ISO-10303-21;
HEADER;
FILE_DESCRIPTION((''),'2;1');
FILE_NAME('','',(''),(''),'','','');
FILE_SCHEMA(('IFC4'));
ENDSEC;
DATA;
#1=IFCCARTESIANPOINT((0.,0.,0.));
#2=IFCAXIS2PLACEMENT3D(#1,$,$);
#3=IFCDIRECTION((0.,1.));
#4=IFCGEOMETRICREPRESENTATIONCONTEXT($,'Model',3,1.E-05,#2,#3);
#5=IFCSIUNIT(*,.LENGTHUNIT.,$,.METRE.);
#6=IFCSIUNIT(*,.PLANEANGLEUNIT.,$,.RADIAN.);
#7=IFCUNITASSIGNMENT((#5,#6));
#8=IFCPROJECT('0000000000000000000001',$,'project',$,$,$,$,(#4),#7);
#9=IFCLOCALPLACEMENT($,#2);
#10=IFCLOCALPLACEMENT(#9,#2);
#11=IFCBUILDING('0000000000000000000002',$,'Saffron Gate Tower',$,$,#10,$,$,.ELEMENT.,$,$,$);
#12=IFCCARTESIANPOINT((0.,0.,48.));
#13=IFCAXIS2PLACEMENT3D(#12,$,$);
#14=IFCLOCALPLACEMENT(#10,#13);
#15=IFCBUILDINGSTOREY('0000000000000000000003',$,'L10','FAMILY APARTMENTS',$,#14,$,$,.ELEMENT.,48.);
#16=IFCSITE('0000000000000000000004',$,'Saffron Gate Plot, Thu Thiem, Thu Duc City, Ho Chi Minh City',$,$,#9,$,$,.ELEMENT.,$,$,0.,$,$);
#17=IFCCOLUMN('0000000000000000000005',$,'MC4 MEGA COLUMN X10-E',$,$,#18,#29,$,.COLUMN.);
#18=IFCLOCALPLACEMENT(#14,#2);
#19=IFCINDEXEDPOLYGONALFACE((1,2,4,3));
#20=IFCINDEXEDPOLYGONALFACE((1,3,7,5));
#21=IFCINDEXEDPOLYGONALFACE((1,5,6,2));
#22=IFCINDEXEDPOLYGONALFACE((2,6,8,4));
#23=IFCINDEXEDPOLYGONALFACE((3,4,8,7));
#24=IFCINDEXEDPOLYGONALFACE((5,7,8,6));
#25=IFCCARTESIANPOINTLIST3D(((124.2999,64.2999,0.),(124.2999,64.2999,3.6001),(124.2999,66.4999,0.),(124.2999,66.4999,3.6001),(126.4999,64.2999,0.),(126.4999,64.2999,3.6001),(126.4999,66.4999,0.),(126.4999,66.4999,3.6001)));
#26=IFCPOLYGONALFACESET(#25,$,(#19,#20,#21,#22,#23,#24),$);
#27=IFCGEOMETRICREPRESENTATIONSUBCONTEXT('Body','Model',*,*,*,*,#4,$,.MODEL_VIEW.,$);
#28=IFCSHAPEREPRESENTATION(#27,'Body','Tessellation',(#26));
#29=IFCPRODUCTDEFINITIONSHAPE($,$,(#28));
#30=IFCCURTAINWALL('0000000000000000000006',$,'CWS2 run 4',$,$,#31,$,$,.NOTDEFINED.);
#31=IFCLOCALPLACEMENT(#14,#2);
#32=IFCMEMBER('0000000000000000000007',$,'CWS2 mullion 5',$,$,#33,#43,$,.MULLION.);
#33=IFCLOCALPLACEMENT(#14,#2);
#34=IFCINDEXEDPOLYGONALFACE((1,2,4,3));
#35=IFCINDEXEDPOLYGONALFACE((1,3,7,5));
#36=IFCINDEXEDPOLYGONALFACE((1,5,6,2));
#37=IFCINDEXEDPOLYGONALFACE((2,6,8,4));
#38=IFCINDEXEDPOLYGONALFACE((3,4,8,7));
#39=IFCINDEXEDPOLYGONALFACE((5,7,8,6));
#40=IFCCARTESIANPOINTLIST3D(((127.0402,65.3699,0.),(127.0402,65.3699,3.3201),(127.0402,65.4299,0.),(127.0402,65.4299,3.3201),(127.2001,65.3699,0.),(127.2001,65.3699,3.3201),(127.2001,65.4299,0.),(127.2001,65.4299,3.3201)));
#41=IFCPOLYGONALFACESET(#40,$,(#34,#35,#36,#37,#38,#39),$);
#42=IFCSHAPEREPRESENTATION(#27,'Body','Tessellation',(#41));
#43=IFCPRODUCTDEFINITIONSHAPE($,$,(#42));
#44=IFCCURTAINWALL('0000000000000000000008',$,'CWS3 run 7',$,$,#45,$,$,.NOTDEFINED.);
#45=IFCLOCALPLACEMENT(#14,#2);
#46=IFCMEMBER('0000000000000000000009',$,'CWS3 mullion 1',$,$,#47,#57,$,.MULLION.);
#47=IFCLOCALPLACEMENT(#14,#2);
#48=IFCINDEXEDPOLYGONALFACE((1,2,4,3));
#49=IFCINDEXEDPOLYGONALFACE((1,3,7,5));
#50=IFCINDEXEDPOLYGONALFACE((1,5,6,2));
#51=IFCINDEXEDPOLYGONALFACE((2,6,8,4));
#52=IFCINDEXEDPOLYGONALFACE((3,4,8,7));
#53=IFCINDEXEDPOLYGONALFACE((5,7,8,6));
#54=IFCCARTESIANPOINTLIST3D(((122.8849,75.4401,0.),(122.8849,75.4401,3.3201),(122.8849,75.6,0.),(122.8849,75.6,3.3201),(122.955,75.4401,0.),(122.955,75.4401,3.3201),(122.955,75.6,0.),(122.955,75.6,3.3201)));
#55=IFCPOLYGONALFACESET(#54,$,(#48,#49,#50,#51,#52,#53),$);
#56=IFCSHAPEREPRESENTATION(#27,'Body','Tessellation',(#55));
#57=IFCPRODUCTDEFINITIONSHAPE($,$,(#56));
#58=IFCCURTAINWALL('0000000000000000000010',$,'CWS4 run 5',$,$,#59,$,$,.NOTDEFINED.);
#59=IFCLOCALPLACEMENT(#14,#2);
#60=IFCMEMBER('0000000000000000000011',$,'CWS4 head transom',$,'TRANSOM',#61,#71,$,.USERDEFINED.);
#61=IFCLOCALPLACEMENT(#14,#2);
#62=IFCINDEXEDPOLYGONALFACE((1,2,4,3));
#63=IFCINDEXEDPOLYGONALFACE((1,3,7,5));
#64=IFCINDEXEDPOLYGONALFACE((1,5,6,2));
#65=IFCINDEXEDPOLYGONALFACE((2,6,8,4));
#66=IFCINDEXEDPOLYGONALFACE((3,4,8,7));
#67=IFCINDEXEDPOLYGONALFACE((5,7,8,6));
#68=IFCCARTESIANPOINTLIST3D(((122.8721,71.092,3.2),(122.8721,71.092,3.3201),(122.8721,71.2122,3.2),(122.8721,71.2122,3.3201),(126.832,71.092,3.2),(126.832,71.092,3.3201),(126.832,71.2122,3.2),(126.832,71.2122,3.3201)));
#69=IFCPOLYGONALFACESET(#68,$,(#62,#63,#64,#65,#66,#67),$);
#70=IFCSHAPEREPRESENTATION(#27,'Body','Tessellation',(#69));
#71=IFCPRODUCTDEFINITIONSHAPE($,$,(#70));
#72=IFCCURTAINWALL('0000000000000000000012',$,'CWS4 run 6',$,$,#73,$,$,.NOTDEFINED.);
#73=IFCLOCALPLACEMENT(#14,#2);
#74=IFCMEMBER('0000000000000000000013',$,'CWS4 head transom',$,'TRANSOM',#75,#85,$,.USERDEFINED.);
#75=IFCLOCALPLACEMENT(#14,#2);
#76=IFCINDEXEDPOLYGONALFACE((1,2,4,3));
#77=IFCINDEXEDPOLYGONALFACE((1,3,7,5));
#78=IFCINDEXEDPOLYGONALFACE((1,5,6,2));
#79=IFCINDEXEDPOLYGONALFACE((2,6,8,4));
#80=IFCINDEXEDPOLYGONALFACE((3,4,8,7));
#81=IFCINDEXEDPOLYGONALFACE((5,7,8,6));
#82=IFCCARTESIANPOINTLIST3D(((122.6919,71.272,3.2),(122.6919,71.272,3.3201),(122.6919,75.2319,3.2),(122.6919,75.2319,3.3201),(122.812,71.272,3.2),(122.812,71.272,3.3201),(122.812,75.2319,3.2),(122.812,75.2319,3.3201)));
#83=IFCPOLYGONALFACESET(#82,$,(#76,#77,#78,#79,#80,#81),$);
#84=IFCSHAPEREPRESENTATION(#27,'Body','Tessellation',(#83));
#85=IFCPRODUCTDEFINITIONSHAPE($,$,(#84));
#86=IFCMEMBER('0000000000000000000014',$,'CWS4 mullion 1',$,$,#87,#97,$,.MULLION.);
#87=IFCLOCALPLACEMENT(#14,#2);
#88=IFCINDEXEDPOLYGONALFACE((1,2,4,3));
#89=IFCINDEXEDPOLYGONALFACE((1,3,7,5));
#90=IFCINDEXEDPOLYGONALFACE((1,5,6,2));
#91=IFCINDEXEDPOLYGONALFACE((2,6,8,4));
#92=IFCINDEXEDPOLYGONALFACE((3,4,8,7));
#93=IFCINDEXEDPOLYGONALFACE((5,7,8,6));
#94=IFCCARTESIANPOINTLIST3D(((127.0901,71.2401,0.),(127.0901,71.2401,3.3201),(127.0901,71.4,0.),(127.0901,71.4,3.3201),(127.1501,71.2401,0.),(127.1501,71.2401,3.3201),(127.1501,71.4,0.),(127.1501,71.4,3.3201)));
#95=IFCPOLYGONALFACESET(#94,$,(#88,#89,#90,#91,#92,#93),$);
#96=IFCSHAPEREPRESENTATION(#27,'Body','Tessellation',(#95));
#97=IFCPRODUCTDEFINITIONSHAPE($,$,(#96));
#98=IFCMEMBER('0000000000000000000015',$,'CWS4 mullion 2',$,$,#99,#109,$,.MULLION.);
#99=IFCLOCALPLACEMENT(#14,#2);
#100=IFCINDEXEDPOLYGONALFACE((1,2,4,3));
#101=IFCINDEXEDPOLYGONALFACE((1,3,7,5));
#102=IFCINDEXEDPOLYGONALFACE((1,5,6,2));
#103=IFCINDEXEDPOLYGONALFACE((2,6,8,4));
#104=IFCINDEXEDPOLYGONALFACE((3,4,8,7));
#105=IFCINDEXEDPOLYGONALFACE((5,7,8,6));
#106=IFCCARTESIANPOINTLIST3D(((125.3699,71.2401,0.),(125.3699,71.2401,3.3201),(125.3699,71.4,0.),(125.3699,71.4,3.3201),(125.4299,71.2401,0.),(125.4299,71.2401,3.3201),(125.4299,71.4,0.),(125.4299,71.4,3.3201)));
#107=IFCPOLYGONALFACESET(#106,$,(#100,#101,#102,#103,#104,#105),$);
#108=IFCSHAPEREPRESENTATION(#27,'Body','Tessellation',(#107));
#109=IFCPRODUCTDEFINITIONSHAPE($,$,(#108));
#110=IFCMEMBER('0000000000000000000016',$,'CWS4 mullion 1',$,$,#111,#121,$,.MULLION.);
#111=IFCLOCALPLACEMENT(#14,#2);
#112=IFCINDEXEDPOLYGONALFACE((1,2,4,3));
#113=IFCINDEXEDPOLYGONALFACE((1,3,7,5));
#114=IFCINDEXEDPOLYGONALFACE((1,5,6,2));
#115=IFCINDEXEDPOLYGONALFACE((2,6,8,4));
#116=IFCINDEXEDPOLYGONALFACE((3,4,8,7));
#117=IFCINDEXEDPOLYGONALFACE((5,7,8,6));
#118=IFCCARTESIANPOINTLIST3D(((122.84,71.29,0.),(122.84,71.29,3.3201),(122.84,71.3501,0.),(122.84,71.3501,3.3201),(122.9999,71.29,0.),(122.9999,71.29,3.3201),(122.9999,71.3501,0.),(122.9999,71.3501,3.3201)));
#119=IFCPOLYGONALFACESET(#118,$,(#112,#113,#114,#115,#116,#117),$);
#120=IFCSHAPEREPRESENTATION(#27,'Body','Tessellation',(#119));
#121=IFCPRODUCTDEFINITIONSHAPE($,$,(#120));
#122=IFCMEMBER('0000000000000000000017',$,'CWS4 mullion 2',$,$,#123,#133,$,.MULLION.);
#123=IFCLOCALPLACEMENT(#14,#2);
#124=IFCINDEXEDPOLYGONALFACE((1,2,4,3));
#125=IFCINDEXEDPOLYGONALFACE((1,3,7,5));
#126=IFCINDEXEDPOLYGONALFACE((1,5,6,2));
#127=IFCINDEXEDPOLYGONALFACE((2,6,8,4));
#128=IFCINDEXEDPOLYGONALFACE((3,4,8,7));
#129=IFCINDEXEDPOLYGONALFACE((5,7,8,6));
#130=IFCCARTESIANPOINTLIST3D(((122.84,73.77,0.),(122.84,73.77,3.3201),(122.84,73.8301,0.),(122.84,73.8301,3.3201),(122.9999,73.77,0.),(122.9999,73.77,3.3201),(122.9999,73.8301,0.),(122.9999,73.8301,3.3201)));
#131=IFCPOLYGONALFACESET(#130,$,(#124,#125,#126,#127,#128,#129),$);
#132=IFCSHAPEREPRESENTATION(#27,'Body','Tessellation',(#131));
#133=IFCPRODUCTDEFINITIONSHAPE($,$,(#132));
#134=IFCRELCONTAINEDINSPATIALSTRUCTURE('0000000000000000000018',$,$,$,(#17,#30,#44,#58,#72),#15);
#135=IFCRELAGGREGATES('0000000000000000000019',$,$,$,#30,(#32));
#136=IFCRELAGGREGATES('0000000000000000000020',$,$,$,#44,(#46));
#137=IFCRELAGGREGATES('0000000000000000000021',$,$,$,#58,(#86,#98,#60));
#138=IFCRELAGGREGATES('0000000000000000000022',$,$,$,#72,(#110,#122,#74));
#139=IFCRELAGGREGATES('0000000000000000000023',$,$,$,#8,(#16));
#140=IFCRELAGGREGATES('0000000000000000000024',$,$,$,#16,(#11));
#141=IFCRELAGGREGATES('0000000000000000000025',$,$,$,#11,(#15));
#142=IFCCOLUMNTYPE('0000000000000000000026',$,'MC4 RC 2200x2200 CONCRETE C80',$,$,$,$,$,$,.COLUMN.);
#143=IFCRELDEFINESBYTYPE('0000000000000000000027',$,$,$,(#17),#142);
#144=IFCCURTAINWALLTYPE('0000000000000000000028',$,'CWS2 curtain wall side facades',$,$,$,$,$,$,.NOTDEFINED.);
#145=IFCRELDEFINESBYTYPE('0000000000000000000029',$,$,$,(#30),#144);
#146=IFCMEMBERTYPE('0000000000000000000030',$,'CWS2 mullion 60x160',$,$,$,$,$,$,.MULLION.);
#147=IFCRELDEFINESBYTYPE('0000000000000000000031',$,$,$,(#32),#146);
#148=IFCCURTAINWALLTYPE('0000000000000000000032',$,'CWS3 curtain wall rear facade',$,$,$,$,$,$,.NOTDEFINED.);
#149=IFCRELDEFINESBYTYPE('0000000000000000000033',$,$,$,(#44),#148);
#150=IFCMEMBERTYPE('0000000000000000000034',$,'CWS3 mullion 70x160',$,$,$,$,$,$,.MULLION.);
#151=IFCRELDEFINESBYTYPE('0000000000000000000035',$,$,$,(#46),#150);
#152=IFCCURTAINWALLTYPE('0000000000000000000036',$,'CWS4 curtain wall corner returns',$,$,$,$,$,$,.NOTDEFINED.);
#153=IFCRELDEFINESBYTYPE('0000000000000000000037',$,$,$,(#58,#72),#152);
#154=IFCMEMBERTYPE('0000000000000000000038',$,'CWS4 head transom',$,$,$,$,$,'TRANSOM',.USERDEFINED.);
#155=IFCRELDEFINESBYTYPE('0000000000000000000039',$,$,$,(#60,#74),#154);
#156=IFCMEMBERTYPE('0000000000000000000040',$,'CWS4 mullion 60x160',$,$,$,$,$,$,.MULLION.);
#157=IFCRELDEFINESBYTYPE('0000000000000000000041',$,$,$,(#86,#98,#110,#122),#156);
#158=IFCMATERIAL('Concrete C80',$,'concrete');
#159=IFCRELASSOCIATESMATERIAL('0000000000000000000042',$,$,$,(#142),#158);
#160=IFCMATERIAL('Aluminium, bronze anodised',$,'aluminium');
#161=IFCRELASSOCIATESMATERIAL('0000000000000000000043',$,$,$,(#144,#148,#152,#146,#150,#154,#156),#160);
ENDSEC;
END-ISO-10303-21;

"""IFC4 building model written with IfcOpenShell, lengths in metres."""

from ifc_helpers import new_model, si_unit, direction, frame, origin, origin_2d, place, context, subcontext, project, spatial, rectangle, extrude, material, material_profile, profile_set, type_object, element, aggregate, save


model = new_model("IFC4")

# Units and contexts
model_context = context("Model", 3, precision=1e-05, world=origin(), true_north=direction((0.0, 1.0)))
body_context = subcontext(model_context, "Body", "Model", "MODEL_VIEW")
ifc_project = project(units=[si_unit("LENGTHUNIT", "METRE"), si_unit("PLANEANGLEUNIT", "RADIAN")], contexts=[model_context])

# Site, building, storey
site_placement = place(None, origin())
site = spatial("IfcSite", under=ifc_project, at=site_placement, Name="Saffron Gate Plot, Thu Thiem, Thu Duc City, Ho Chi Minh City", CompositionType="ELEMENT", RefElevation=0.0)
building_placement = place(site_placement, origin())
building = spatial("IfcBuilding", under=site, at=building_placement, Name="Saffron Gate Tower", CompositionType="ELEMENT")
storey_placement = place(building_placement, frame((0.0, 0.0, 48.0)))
storey = spatial("IfcBuildingStorey", under=building, at=storey_placement, Name="L10", Description="FAMILY APARTMENTS", CompositionType="ELEMENT", Elevation=48.0)

# Column
ifc_material_1 = material(Name="Concrete C80", Category="concrete")
ifc_material_profile_1 = material_profile(ifc_material_1, rectangle(XDim=2.2, YDim=2.2, at=origin_2d()))
ifc_profile_set_1 = profile_set([ifc_material_profile_1], Name="Concrete C80")
column_type = type_object("IfcColumnType", Name="MC4 RC 2200x2200 CONCRETE C80", PredefinedType="COLUMN", material=ifc_profile_set_1)
column_placement = place(storey_placement, frame((125.3999, 65.3999, 0.0), z_axis=(0.0, 0.0, 1.0), x_axis=(1.0, 0.0, 0.0)))
element("IfcColumn", 1, at=column_placement, inside=storey, type_object=column_type, Name="MC4 MEGA COLUMN X10-E", PredefinedType="COLUMN", context=body_context, shape_type="SweptSolid", body=[
    extrude(rectangle(XDim=2.2, YDim=2.2, at=origin_2d()), origin(), (0.0, 0.0, 1.0), 3.6001),
])

# Curtain walls, members
ifc_material_2 = material(Name="Aluminium, bronze anodised", Category="aluminium")
curtain_wall_type_1 = type_object("IfcCurtainWallType", Name="CWS2 curtain wall side facades", PredefinedType="NOTDEFINED", material=ifc_material_2)
curtain_wall_1_placement = place(storey_placement, origin())
curtain_wall_1 = element("IfcCurtainWall", 2, at=curtain_wall_1_placement, inside=storey, type_object=curtain_wall_type_1, Name="CWS2 run 4", PredefinedType="NOTDEFINED")
ifc_material_profile_2 = material_profile(ifc_material_2, rectangle(XDim=0.1599, YDim=0.0601, at=origin_2d()))
ifc_profile_set_2 = profile_set([ifc_material_profile_2], Name="Aluminium, bronze anodised")
member_type_1 = type_object("IfcMemberType", Name="CWS2 mullion 60x160", PredefinedType="MULLION", material=ifc_profile_set_2)
member_1_placement = place(storey_placement, frame((127.1201, 65.3999, 0.0), z_axis=(0.0, 0.0, 1.0), x_axis=(-1.0, 0.0, 0.0)))
member_1 = element("IfcMember", 3, at=member_1_placement, type_object=member_type_1, Name="CWS2 mullion 5", PredefinedType="MULLION", context=body_context, shape_type="SweptSolid", body=[
    extrude(rectangle(XDim=0.1599, YDim=0.0601, at=origin_2d()), origin(), (0.0, 0.0, 1.0), 3.3201),
])
aggregate(curtain_wall_1, [member_1])
curtain_wall_type_2 = type_object("IfcCurtainWallType", Name="CWS3 curtain wall rear facade", PredefinedType="NOTDEFINED", material=ifc_material_2)
curtain_wall_2_placement = place(storey_placement, origin())
curtain_wall_2 = element("IfcCurtainWall", 4, at=curtain_wall_2_placement, inside=storey, type_object=curtain_wall_type_2, Name="CWS3 run 7", PredefinedType="NOTDEFINED")
ifc_material_profile_3 = material_profile(ifc_material_2, rectangle(XDim=0.1599, YDim=0.0701, at=origin_2d()))
ifc_profile_set_3 = profile_set([ifc_material_profile_3], Name="Aluminium, bronze anodised")
member_type_2 = type_object("IfcMemberType", Name="CWS3 mullion 70x160", PredefinedType="MULLION", material=ifc_profile_set_3)
member_2_placement = place(storey_placement, frame((122.9199, 75.52, 0.0), z_axis=(0.0, 0.0, 1.0), x_axis=(0.0, -1.0, 0.0)))
member_2 = element("IfcMember", 5, at=member_2_placement, type_object=member_type_2, Name="CWS3 mullion 1", PredefinedType="MULLION", context=body_context, shape_type="SweptSolid", body=[
    extrude(rectangle(XDim=0.1599, YDim=0.0701, at=origin_2d()), origin(), (0.0, 0.0, 1.0), 3.3201),
])
curtain_wall_type_3 = type_object("IfcCurtainWallType", Name="CWS4 curtain wall corner returns", PredefinedType="NOTDEFINED", material=ifc_material_2)
curtain_wall_3_placement = place(storey_placement, origin())
curtain_wall_3 = element("IfcCurtainWall", 6, at=curtain_wall_3_placement, inside=storey, type_object=curtain_wall_type_3, Name="CWS4 run 5", PredefinedType="NOTDEFINED")
ifc_material_profile_4 = material_profile(ifc_material_2, rectangle(XDim=0.1201, YDim=0.1201, at=origin_2d()))
ifc_profile_set_4 = profile_set([ifc_material_profile_4], Name="Aluminium, bronze anodised")
member_type_3 = type_object("IfcMemberType", Name="CWS4 head transom", ElementType="TRANSOM", PredefinedType="USERDEFINED", material=ifc_profile_set_4)
member_3_placement = place(storey_placement, frame((126.832, 71.1521, 3.26), z_axis=(-1.0, 0.0, 0.0), x_axis=(0.0, -1.0, 0.0)))
member_3 = element("IfcMember", 7, at=member_3_placement, type_object=member_type_3, Name="CWS4 head transom", ObjectType="TRANSOM", PredefinedType="USERDEFINED", context=body_context, shape_type="SweptSolid", body=[
    extrude(rectangle(XDim=0.1201, YDim=0.1201, at=origin_2d()), origin(), (0.0, 0.0, 1.0), 3.96),
])
curtain_wall_4_placement = place(storey_placement, origin())
curtain_wall_4 = element("IfcCurtainWall", 8, at=curtain_wall_4_placement, inside=storey, type_object=curtain_wall_type_3, Name="CWS4 run 6", PredefinedType="NOTDEFINED")
member_4_placement = place(storey_placement, frame((122.752, 71.272, 3.26), z_axis=(0.0, 1.0, 0.0), x_axis=(-1.0, 0.0, 0.0)))
member_4 = element("IfcMember", 9, at=member_4_placement, type_object=member_type_3, Name="CWS4 head transom", ObjectType="TRANSOM", PredefinedType="USERDEFINED", context=body_context, shape_type="SweptSolid", body=[
    extrude(rectangle(XDim=0.1201, YDim=0.1201, at=origin_2d()), origin(), (0.0, 0.0, 1.0), 3.96),
])

# Members
ifc_material_profile_5 = material_profile(ifc_material_2, rectangle(XDim=0.1599, YDim=0.0601, at=origin_2d()))
ifc_profile_set_5 = profile_set([ifc_material_profile_5], Name="Aluminium, bronze anodised")
member_type_4 = type_object("IfcMemberType", Name="CWS4 mullion 60x160", PredefinedType="MULLION", material=ifc_profile_set_5)
member_5_placement = place(storey_placement, frame((127.1201, 71.3201, 0.0), z_axis=(0.0, 0.0, 1.0), x_axis=(0.0, -1.0, 0.0)))
member_5 = element("IfcMember", 10, at=member_5_placement, type_object=member_type_4, Name="CWS4 mullion 1", PredefinedType="MULLION", context=body_context, shape_type="SweptSolid", body=[
    extrude(rectangle(XDim=0.1599, YDim=0.0601, at=origin_2d()), origin(), (0.0, 0.0, 1.0), 3.3201),
])
member_6_placement = place(storey_placement, frame((125.3999, 71.3201, 0.0), z_axis=(0.0, 0.0, 1.0), x_axis=(0.0, -1.0, 0.0)))
member_6 = element("IfcMember", 11, at=member_6_placement, type_object=member_type_4, Name="CWS4 mullion 2", PredefinedType="MULLION", context=body_context, shape_type="SweptSolid", body=[
    extrude(rectangle(XDim=0.1599, YDim=0.0601, at=origin_2d()), origin(), (0.0, 0.0, 1.0), 3.3201),
])
member_7_placement = place(storey_placement, frame((122.9199, 71.3201, 0.0), z_axis=(0.0, 0.0, 1.0), x_axis=(-1.0, 0.0, 0.0)))
member_7 = element("IfcMember", 12, at=member_7_placement, type_object=member_type_4, Name="CWS4 mullion 1", PredefinedType="MULLION", context=body_context, shape_type="SweptSolid", body=[
    extrude(rectangle(XDim=0.1599, YDim=0.0601, at=origin_2d()), origin(), (0.0, 0.0, 1.0), 3.3201),
])
member_8_placement = place(storey_placement, frame((122.9199, 73.8, 0.0), z_axis=(0.0, 0.0, 1.0), x_axis=(-1.0, 0.0, 0.0)))
member_8 = element("IfcMember", 13, at=member_8_placement, type_object=member_type_4, Name="CWS4 mullion 2", PredefinedType="MULLION", context=body_context, shape_type="SweptSolid", body=[
    extrude(rectangle(XDim=0.1599, YDim=0.0601, at=origin_2d()), origin(), (0.0, 0.0, 1.0), 3.3201),
])

aggregate(curtain_wall_2, [member_2])

aggregate(curtain_wall_3, [member_5, member_6, member_3])
aggregate(curtain_wall_4, [member_7, member_8, member_4])

save(model, "model.ifc")
